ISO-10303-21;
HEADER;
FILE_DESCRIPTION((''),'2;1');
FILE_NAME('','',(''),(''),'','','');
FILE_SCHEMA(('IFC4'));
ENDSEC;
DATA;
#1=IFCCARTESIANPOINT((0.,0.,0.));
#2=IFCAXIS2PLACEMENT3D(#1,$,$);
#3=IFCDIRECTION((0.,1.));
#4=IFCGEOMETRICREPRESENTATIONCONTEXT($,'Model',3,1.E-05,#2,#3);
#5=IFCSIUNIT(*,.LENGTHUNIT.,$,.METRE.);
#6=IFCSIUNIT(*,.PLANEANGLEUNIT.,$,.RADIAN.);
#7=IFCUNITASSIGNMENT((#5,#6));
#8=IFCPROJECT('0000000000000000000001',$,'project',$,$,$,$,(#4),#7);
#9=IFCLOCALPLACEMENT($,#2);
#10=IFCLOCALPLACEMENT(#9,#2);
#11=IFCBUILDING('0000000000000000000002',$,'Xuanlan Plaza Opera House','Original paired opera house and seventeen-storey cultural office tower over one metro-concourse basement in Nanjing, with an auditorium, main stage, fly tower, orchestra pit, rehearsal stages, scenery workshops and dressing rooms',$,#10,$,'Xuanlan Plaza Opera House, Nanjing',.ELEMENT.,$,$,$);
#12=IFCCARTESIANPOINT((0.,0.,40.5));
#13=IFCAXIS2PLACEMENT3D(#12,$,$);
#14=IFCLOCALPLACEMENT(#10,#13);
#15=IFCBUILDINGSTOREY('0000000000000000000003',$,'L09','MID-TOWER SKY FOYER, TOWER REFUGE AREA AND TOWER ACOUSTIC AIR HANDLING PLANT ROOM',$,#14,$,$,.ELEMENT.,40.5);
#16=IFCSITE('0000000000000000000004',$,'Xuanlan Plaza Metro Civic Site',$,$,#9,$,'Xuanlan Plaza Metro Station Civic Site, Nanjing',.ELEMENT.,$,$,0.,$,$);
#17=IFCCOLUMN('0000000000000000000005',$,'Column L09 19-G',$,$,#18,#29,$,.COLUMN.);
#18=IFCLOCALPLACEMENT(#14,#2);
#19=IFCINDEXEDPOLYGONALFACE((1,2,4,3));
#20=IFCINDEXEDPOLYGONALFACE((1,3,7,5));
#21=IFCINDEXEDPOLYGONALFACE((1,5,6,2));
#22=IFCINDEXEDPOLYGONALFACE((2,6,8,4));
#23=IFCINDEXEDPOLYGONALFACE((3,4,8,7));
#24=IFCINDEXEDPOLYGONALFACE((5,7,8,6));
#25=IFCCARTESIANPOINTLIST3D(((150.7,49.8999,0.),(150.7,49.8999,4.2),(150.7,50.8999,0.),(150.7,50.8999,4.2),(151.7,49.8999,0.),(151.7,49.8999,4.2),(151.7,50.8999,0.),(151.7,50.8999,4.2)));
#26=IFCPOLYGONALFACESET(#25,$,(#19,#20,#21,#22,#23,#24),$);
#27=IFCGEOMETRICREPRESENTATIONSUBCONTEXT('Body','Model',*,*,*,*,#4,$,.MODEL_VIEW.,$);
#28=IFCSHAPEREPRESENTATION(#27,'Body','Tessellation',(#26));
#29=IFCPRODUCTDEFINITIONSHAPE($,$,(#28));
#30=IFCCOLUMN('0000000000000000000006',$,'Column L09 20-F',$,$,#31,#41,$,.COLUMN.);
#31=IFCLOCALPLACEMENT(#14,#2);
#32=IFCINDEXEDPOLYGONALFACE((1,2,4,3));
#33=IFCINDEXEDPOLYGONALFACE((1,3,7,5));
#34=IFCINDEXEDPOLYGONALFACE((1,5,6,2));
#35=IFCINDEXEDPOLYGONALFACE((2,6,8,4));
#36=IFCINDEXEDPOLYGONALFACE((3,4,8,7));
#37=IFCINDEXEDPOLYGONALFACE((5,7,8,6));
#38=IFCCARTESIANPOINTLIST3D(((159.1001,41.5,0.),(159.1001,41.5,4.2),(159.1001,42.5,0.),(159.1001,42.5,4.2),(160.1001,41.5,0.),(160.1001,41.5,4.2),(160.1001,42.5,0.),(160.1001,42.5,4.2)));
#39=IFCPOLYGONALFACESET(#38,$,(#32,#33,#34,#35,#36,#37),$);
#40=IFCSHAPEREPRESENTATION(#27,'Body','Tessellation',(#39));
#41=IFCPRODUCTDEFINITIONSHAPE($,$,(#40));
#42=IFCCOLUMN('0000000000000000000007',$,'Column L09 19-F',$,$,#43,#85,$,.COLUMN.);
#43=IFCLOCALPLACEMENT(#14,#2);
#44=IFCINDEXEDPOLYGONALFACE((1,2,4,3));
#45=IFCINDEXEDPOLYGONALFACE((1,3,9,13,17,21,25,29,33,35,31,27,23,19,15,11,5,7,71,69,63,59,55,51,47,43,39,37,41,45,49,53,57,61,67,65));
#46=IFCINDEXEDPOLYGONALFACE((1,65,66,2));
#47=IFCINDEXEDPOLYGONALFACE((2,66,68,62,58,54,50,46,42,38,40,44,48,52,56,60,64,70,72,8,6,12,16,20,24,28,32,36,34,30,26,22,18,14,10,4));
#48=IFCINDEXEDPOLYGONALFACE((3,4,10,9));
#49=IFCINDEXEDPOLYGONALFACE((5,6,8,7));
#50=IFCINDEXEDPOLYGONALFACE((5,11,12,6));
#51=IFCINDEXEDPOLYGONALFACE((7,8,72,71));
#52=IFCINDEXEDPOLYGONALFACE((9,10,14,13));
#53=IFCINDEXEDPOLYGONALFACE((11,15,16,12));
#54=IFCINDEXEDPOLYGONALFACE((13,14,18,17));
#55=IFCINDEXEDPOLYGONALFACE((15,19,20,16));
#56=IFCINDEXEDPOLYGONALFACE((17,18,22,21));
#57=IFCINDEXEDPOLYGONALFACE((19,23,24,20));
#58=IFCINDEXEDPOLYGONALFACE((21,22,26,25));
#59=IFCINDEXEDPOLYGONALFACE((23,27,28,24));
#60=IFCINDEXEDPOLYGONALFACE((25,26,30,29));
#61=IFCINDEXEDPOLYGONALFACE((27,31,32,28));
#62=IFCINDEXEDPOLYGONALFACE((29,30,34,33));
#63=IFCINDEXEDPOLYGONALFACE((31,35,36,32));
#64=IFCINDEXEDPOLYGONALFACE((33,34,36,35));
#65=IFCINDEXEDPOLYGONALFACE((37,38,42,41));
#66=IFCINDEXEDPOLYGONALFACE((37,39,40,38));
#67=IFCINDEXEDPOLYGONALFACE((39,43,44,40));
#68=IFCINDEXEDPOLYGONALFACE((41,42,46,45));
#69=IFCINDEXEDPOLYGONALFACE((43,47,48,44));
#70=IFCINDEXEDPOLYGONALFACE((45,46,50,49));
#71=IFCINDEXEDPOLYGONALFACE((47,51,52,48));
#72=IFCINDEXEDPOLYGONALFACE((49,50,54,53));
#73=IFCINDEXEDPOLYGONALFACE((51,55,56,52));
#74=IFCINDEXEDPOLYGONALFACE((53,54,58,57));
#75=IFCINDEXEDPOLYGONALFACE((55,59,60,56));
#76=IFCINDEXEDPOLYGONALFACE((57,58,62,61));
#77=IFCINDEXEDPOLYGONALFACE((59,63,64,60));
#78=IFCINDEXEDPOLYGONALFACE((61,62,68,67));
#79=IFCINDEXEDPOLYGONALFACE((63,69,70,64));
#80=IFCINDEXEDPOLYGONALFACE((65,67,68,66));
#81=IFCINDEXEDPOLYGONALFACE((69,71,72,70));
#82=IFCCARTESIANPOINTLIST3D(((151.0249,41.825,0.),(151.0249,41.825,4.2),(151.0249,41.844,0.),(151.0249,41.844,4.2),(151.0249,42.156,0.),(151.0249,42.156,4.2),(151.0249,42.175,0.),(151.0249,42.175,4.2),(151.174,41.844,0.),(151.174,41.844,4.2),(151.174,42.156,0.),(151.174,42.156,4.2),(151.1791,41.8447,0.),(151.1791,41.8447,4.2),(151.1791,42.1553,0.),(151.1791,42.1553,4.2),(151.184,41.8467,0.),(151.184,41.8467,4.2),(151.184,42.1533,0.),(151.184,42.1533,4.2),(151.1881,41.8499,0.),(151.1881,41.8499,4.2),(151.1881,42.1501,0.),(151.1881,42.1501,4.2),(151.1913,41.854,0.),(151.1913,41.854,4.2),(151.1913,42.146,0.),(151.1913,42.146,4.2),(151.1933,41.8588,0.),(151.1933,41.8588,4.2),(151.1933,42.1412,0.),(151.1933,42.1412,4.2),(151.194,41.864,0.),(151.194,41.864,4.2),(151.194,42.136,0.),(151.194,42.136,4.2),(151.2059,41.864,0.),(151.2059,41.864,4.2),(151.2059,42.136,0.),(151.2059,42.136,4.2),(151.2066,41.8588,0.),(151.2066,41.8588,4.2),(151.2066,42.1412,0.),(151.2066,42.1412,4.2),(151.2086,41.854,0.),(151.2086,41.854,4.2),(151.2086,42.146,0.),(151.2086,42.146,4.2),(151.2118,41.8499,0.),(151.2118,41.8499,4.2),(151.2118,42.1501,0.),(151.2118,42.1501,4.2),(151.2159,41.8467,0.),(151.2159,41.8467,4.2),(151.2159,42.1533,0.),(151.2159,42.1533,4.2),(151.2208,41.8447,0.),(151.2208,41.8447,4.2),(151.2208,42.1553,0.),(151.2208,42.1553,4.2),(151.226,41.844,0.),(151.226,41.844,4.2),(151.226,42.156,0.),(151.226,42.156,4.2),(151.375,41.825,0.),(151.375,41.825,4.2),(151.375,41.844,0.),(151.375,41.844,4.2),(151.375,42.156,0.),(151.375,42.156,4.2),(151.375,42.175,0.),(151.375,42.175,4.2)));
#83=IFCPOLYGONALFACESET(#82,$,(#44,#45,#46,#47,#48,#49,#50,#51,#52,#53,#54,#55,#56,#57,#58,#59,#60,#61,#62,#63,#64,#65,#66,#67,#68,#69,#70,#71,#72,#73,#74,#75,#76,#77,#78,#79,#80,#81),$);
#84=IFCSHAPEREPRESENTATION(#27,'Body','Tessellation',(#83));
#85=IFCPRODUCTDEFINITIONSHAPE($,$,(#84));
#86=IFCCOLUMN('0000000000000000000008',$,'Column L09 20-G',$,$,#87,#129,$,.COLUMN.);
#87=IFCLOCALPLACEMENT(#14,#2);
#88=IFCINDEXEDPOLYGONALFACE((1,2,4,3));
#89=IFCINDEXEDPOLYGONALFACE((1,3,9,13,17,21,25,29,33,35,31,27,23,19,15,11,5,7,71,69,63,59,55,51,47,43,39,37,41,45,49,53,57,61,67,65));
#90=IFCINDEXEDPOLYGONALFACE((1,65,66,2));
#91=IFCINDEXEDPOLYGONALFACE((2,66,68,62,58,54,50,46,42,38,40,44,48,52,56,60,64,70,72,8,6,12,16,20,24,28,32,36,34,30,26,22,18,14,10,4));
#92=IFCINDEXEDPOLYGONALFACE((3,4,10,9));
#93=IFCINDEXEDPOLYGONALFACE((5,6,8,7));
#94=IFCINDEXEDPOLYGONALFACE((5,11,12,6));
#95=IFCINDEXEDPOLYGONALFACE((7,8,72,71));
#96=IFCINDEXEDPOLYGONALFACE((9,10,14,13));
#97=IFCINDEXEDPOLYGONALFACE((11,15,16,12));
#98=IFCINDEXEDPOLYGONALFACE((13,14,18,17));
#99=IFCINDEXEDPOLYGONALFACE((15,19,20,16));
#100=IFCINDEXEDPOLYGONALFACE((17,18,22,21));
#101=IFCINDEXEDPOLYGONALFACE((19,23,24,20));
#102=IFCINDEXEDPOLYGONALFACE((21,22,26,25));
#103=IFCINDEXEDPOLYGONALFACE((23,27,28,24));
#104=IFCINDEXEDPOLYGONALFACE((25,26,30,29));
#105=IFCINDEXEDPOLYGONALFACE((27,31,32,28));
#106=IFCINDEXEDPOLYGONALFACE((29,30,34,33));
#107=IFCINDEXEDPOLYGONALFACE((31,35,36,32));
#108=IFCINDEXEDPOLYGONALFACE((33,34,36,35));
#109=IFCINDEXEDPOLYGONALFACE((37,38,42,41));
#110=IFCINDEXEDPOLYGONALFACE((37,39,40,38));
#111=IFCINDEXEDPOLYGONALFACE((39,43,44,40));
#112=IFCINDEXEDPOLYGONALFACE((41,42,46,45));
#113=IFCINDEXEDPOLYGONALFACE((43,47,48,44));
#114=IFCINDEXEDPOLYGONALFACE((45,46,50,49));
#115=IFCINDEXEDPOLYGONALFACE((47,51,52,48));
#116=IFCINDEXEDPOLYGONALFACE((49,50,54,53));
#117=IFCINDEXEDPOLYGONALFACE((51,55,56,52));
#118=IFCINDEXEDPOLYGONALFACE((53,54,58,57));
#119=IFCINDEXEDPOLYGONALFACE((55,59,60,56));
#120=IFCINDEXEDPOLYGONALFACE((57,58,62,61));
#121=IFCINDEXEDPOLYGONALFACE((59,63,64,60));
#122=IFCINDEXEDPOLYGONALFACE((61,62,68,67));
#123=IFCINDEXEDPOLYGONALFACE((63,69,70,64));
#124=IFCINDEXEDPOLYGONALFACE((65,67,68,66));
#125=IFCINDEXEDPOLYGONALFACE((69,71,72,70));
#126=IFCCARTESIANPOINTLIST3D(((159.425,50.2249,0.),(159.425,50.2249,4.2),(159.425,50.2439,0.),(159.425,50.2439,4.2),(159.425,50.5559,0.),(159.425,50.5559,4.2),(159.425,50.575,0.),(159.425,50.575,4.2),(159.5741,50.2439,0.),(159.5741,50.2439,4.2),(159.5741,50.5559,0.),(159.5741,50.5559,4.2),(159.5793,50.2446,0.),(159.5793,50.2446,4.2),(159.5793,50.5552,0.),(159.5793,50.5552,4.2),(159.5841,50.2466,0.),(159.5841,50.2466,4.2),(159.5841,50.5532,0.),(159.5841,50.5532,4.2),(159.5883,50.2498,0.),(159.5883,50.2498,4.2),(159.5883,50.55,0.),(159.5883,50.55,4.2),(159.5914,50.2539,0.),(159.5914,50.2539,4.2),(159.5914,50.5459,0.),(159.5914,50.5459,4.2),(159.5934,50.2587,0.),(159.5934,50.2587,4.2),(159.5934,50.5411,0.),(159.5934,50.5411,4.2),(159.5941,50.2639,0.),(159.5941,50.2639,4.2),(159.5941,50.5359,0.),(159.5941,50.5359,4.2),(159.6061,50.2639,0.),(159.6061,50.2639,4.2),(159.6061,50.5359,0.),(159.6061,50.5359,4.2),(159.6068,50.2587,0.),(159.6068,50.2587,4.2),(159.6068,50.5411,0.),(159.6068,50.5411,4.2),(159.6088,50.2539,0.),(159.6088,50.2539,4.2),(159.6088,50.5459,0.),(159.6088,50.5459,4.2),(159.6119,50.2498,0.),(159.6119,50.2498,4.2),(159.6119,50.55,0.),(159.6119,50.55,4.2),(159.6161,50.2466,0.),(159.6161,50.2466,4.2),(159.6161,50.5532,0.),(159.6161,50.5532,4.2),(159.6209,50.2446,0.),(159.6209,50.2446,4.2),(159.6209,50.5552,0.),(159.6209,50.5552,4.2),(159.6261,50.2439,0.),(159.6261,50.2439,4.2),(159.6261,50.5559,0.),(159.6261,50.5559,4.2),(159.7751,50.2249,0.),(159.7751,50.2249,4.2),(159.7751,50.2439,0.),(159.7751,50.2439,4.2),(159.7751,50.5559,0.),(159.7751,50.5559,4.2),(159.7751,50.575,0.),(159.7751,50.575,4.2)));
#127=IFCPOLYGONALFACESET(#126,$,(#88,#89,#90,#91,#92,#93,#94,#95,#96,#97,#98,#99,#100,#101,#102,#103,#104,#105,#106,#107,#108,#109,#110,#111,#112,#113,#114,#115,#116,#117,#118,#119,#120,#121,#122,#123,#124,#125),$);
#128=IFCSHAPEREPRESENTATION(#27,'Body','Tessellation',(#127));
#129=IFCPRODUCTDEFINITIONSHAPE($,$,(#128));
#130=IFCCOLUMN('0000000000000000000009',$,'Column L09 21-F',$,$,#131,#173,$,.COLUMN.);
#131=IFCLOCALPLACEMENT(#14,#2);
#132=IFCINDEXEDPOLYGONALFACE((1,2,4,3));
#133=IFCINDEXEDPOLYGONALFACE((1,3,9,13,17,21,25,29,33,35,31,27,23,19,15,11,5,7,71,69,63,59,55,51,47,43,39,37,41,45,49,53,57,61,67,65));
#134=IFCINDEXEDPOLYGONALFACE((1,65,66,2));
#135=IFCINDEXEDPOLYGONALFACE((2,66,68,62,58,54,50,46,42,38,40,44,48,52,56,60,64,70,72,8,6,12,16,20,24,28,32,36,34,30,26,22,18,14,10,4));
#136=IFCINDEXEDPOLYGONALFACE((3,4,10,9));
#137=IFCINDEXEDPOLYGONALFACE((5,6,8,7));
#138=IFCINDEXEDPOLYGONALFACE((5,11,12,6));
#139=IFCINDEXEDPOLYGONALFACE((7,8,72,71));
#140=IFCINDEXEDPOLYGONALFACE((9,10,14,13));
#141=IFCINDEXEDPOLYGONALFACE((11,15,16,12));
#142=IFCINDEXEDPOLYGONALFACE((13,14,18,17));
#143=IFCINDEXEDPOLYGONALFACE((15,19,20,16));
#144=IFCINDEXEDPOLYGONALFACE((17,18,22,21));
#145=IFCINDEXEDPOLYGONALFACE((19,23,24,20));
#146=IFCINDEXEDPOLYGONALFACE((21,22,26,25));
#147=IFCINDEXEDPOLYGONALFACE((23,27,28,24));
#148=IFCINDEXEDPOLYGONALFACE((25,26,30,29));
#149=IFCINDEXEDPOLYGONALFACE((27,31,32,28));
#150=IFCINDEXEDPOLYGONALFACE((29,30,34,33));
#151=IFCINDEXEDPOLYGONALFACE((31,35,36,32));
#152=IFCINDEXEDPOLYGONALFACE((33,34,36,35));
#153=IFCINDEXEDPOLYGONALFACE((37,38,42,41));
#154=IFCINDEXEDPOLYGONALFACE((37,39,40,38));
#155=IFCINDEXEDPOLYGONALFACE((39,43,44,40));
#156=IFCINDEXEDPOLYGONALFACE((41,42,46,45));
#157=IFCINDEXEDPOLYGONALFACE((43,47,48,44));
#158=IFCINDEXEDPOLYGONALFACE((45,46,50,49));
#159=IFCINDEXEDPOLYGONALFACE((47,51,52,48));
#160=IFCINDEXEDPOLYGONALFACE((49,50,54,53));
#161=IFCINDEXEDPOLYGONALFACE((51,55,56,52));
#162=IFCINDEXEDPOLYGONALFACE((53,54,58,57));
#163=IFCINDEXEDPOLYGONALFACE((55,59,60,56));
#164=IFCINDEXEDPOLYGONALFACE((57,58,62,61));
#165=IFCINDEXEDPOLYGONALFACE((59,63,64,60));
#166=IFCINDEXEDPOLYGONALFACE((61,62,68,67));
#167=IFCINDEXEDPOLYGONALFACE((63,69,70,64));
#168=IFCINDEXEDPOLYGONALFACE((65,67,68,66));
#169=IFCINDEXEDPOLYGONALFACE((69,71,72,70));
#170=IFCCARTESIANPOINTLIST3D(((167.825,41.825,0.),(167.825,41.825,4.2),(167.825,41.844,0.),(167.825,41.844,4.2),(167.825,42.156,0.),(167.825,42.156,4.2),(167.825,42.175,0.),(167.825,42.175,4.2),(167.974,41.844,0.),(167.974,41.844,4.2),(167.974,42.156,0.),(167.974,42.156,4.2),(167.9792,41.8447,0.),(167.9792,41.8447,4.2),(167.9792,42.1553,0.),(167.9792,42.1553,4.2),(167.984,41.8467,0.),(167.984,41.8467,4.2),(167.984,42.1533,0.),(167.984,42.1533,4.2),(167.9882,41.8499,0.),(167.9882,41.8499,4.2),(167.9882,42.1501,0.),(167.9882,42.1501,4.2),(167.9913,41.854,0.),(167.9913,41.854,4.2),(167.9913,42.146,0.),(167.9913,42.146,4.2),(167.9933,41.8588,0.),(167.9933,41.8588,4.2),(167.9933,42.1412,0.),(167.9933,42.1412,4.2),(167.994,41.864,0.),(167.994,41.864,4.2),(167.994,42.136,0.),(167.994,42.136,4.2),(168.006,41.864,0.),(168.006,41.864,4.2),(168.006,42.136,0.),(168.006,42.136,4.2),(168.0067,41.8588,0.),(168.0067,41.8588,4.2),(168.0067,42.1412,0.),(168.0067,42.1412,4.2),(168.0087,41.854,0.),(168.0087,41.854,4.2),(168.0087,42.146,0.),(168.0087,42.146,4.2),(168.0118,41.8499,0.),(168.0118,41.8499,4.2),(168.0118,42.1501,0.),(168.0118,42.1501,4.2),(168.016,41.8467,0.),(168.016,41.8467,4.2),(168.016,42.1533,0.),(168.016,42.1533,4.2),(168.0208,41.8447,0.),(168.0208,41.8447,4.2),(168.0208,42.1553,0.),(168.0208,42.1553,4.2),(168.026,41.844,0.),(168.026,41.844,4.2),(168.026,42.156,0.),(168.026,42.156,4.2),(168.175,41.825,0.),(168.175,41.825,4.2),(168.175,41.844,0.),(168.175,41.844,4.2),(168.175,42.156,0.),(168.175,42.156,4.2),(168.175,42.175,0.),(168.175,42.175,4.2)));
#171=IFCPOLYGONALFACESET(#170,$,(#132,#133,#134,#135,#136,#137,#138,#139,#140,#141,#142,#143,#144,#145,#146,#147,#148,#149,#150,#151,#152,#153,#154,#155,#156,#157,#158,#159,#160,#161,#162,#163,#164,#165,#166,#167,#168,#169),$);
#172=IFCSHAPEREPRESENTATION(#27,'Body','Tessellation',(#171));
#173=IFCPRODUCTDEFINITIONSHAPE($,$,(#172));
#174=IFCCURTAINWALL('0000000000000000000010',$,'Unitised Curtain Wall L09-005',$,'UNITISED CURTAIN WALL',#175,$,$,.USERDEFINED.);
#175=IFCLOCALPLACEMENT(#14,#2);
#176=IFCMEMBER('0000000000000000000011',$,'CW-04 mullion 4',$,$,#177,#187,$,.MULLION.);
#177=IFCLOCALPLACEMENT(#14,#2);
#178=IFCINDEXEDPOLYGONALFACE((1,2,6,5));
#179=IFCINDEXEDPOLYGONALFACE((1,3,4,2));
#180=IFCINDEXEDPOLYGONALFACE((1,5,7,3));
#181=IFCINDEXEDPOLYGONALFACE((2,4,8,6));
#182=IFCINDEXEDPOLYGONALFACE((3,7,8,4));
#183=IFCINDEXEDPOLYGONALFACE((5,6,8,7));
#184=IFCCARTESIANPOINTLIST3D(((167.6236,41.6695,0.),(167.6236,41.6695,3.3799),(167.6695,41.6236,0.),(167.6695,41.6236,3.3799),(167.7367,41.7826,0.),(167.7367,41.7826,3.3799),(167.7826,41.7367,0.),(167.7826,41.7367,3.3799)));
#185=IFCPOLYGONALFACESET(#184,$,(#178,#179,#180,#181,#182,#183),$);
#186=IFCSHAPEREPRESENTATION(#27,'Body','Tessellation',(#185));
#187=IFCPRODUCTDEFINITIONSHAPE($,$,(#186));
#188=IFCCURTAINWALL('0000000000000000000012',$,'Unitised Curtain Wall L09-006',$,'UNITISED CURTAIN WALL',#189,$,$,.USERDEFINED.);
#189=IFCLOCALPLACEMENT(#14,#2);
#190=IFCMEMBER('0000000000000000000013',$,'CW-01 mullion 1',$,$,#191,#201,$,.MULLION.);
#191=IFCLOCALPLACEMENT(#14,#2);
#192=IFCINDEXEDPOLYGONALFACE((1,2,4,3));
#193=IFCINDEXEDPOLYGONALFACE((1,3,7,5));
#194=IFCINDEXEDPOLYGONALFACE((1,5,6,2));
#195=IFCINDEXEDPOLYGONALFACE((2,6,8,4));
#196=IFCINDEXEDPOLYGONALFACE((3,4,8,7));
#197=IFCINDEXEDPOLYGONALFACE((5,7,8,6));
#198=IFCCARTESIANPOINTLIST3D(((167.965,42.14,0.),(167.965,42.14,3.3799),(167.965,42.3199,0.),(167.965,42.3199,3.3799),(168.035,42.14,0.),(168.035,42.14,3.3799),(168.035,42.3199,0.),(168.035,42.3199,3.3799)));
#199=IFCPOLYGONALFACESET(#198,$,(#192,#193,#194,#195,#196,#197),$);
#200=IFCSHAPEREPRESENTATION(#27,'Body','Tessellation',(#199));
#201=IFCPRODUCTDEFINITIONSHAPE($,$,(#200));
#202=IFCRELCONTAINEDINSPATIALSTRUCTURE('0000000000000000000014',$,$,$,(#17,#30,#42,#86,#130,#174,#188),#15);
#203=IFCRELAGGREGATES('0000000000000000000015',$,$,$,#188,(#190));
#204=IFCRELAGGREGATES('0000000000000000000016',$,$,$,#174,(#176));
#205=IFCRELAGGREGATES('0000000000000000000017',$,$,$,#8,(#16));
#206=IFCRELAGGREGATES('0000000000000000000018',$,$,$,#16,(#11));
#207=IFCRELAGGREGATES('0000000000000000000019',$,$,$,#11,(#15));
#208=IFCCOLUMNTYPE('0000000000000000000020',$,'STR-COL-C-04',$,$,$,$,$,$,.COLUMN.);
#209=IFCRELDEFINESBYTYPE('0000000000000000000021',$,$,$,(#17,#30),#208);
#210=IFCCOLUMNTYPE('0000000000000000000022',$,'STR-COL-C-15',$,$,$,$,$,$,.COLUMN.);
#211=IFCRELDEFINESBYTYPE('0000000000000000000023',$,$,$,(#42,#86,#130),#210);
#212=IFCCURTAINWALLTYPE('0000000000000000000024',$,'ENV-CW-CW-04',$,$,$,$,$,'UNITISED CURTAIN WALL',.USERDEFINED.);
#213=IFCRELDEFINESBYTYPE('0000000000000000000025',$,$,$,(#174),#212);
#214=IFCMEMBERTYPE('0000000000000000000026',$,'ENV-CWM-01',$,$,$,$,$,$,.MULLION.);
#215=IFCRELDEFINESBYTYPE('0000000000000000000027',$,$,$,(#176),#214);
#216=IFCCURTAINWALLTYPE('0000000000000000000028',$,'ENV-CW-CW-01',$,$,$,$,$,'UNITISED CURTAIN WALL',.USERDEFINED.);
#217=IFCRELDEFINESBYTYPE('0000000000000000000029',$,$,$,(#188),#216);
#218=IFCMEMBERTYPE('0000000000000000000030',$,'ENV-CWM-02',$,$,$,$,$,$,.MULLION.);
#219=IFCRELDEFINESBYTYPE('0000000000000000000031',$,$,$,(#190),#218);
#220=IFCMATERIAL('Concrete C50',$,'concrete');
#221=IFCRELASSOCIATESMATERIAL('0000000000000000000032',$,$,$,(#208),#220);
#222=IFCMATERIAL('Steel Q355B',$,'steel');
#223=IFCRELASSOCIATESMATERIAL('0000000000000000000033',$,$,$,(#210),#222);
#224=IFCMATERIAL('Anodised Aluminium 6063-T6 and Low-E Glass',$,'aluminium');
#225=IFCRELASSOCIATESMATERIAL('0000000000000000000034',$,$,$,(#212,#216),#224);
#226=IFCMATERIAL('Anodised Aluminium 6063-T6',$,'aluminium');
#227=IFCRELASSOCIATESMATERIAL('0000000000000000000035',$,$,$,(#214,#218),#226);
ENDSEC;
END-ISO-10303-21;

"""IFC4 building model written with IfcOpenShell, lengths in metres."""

from ifc_helpers import new_model, si_unit, direction, frame, origin, origin_2d, place, context, subcontext, project, spatial, rectangle, i_section, extrude, material, material_profile, profile_set, type_object, element, aggregate, save


model = new_model("IFC4")

# Units and contexts
model_context = context("Model", 3, precision=1e-05, world=origin(), true_north=direction((0.0, 1.0)))
body_context = subcontext(model_context, "Body", "Model", "MODEL_VIEW")
ifc_project = project(units=[si_unit("LENGTHUNIT", "METRE"), si_unit("PLANEANGLEUNIT", "RADIAN")], contexts=[model_context])

# Site, building, storey
site_placement = place(None, origin())
site = spatial("IfcSite", under=ifc_project, at=site_placement, Name="Xuanlan Plaza Metro Civic Site", LongName="Xuanlan Plaza Metro Station Civic Site, Nanjing", CompositionType="ELEMENT", RefElevation=0.0)
building_placement = place(site_placement, origin())
building = spatial("IfcBuilding", under=site, at=building_placement, Name="Xuanlan Plaza Opera House", Description="Original paired opera house and seventeen-storey cultural office tower over one metro-concourse basement in Nanjing, with an auditorium, main stage, fly tower, orchestra pit, rehearsal stages, scenery workshops and dressing rooms", LongName="Xuanlan Plaza Opera House, Nanjing", CompositionType="ELEMENT")
storey_placement = place(building_placement, frame((0.0, 0.0, 40.5)))
storey = spatial("IfcBuildingStorey", under=building, at=storey_placement, Name="L09", Description="MID-TOWER SKY FOYER, TOWER REFUGE AREA AND TOWER ACOUSTIC AIR HANDLING PLANT ROOM", CompositionType="ELEMENT", Elevation=40.5)

# Columns
ifc_material_1 = material(Name="Concrete C50", Category="concrete")
ifc_material_profile_1 = material_profile(ifc_material_1, rectangle(XDim=1.0, YDim=1.0, at=origin_2d()), Name="RC-COL 1000x1000")
ifc_profile_set_1 = profile_set([ifc_material_profile_1], Name="Concrete C50")
column_type_1 = type_object("IfcColumnType", Name="STR-COL-C-04", PredefinedType="COLUMN", material=ifc_profile_set_1)
for number, where, z_axis, x_axis, name in (
    (1, (151.2, 50.3999, 0.0), (0.0, 0.0, 1.0), (1.0, 0.0, 0.0), "Column L09 19-G"),
    (2, (159.6001, 42.0, 0.0), (0.0, 0.0, 1.0), (1.0, 0.0, 0.0), "Column L09 20-F"),
):
    element("IfcColumn", number, at=place(storey_placement, frame(where, z_axis=z_axis, x_axis=x_axis)), inside=storey, type_object=column_type_1, Name=name, PredefinedType="COLUMN", context=body_context, shape_type="SweptSolid", body=[
        extrude(rectangle(XDim=1.0, YDim=1.0, at=origin_2d()), origin(), (0.0, 0.0, 1.0), 4.2),
    ])
ifc_material_2 = material(Name="Steel Q355B", Category="steel")
ifc_material_profile_2 = material_profile(ifc_material_2, i_section(OverallWidth=0.3501, OverallDepth=0.3501, WebThickness=0.012, FlangeThickness=0.019, FilletRadius=0.02, at=origin_2d()), Name="HW 350x350x12x19")
ifc_profile_set_2 = profile_set([ifc_material_profile_2], Name="Steel Q355B")
column_type_2 = type_object("IfcColumnType", Name="STR-COL-C-15", PredefinedType="COLUMN", material=ifc_profile_set_2)
for number, where, z_axis, x_axis, name in (
    (3, (151.2, 42.0, 0.0), (0.0, 0.0, 1.0), (1.0, 0.0, 0.0), "Column L09 19-F"),
    (4, (159.6001, 50.3999, 0.0), (0.0, 0.0, 1.0), (1.0, 0.0, 0.0), "Column L09 20-G"),
    (5, (168.0, 42.0, 0.0), (0.0, 0.0, 1.0), (1.0, 0.0, 0.0), "Column L09 21-F"),
):
    element("IfcColumn", number, at=place(storey_placement, frame(where, z_axis=z_axis, x_axis=x_axis)), inside=storey, type_object=column_type_2, Name=name, PredefinedType="COLUMN", context=body_context, shape_type="SweptSolid", body=[
        extrude(i_section(OverallWidth=0.3501, OverallDepth=0.3501, WebThickness=0.012, FlangeThickness=0.019, FilletRadius=0.02, at=origin_2d()), origin(), (0.0, 0.0, 1.0), 4.2),
    ])

# Curtain wall, member
ifc_material_3 = material(Name="Anodised Aluminium 6063-T6 and Low-E Glass", Category="aluminium")
curtain_wall_type_1 = type_object("IfcCurtainWallType", Name="ENV-CW-CW-04", ElementType="UNITISED CURTAIN WALL", PredefinedType="USERDEFINED", material=ifc_material_3)
curtain_wall_1_placement = place(storey_placement, origin())
curtain_wall_1 = element("IfcCurtainWall", 6, at=curtain_wall_1_placement, inside=storey, type_object=curtain_wall_type_1, Name="Unitised Curtain Wall L09-005", ObjectType="UNITISED CURTAIN WALL", PredefinedType="USERDEFINED")
ifc_material_4 = material(Name="Anodised Aluminium 6063-T6", Category="aluminium")
ifc_material_profile_3 = material_profile(ifc_material_4, rectangle(XDim=0.0649, YDim=0.1599, at=origin_2d()), Name="ALU-M 65x160")
ifc_profile_set_3 = profile_set([ifc_material_profile_3], Name="Anodised Aluminium 6063-T6")
member_type_1 = type_object("IfcMemberType", Name="ENV-CWM-01", PredefinedType="MULLION", material=ifc_profile_set_3)
member_1_placement = place(storey_placement, frame((167.7031, 41.7031, 0.0), z_axis=(0.0, 0.0, 1.0), x_axis=(-0.707107, 0.707107, 0.0)))
member_1 = element("IfcMember", 7, at=member_1_placement, type_object=member_type_1, Name="CW-04 mullion 4", PredefinedType="MULLION", context=body_context, shape_type="SweptSolid", body=[
    extrude(rectangle(XDim=0.0649, YDim=0.1599, at=origin_2d()), origin(), (0.0, 0.0, 1.0), 3.3799),
])

# Curtain wall, member
curtain_wall_type_2 = type_object("IfcCurtainWallType", Name="ENV-CW-CW-01", ElementType="UNITISED CURTAIN WALL", PredefinedType="USERDEFINED", material=ifc_material_3)
curtain_wall_2_placement = place(storey_placement, origin())
curtain_wall_2 = element("IfcCurtainWall", 8, at=curtain_wall_2_placement, inside=storey, type_object=curtain_wall_type_2, Name="Unitised Curtain Wall L09-006", ObjectType="UNITISED CURTAIN WALL", PredefinedType="USERDEFINED")
ifc_material_profile_4 = material_profile(ifc_material_4, rectangle(XDim=0.0701, YDim=0.1799, at=origin_2d()), Name="ALU-M 70x180")
ifc_profile_set_4 = profile_set([ifc_material_profile_4], Name="Anodised Aluminium 6063-T6")
member_type_2 = type_object("IfcMemberType", Name="ENV-CWM-02", PredefinedType="MULLION", material=ifc_profile_set_4)
member_2_placement = place(storey_placement, frame((168.0, 42.23, 0.0), z_axis=(0.0, 0.0, 1.0), x_axis=(-1.0, 0.0, 0.0)))
member_2 = element("IfcMember", 9, at=member_2_placement, type_object=member_type_2, Name="CW-01 mullion 1", PredefinedType="MULLION", context=body_context, shape_type="SweptSolid", body=[
    extrude(rectangle(XDim=0.0701, YDim=0.1799, at=origin_2d()), origin(), (0.0, 0.0, 1.0), 3.3799),
])
aggregate(curtain_wall_2, [member_2])

aggregate(curtain_wall_1, [member_1])

save(model, "model.ifc")
